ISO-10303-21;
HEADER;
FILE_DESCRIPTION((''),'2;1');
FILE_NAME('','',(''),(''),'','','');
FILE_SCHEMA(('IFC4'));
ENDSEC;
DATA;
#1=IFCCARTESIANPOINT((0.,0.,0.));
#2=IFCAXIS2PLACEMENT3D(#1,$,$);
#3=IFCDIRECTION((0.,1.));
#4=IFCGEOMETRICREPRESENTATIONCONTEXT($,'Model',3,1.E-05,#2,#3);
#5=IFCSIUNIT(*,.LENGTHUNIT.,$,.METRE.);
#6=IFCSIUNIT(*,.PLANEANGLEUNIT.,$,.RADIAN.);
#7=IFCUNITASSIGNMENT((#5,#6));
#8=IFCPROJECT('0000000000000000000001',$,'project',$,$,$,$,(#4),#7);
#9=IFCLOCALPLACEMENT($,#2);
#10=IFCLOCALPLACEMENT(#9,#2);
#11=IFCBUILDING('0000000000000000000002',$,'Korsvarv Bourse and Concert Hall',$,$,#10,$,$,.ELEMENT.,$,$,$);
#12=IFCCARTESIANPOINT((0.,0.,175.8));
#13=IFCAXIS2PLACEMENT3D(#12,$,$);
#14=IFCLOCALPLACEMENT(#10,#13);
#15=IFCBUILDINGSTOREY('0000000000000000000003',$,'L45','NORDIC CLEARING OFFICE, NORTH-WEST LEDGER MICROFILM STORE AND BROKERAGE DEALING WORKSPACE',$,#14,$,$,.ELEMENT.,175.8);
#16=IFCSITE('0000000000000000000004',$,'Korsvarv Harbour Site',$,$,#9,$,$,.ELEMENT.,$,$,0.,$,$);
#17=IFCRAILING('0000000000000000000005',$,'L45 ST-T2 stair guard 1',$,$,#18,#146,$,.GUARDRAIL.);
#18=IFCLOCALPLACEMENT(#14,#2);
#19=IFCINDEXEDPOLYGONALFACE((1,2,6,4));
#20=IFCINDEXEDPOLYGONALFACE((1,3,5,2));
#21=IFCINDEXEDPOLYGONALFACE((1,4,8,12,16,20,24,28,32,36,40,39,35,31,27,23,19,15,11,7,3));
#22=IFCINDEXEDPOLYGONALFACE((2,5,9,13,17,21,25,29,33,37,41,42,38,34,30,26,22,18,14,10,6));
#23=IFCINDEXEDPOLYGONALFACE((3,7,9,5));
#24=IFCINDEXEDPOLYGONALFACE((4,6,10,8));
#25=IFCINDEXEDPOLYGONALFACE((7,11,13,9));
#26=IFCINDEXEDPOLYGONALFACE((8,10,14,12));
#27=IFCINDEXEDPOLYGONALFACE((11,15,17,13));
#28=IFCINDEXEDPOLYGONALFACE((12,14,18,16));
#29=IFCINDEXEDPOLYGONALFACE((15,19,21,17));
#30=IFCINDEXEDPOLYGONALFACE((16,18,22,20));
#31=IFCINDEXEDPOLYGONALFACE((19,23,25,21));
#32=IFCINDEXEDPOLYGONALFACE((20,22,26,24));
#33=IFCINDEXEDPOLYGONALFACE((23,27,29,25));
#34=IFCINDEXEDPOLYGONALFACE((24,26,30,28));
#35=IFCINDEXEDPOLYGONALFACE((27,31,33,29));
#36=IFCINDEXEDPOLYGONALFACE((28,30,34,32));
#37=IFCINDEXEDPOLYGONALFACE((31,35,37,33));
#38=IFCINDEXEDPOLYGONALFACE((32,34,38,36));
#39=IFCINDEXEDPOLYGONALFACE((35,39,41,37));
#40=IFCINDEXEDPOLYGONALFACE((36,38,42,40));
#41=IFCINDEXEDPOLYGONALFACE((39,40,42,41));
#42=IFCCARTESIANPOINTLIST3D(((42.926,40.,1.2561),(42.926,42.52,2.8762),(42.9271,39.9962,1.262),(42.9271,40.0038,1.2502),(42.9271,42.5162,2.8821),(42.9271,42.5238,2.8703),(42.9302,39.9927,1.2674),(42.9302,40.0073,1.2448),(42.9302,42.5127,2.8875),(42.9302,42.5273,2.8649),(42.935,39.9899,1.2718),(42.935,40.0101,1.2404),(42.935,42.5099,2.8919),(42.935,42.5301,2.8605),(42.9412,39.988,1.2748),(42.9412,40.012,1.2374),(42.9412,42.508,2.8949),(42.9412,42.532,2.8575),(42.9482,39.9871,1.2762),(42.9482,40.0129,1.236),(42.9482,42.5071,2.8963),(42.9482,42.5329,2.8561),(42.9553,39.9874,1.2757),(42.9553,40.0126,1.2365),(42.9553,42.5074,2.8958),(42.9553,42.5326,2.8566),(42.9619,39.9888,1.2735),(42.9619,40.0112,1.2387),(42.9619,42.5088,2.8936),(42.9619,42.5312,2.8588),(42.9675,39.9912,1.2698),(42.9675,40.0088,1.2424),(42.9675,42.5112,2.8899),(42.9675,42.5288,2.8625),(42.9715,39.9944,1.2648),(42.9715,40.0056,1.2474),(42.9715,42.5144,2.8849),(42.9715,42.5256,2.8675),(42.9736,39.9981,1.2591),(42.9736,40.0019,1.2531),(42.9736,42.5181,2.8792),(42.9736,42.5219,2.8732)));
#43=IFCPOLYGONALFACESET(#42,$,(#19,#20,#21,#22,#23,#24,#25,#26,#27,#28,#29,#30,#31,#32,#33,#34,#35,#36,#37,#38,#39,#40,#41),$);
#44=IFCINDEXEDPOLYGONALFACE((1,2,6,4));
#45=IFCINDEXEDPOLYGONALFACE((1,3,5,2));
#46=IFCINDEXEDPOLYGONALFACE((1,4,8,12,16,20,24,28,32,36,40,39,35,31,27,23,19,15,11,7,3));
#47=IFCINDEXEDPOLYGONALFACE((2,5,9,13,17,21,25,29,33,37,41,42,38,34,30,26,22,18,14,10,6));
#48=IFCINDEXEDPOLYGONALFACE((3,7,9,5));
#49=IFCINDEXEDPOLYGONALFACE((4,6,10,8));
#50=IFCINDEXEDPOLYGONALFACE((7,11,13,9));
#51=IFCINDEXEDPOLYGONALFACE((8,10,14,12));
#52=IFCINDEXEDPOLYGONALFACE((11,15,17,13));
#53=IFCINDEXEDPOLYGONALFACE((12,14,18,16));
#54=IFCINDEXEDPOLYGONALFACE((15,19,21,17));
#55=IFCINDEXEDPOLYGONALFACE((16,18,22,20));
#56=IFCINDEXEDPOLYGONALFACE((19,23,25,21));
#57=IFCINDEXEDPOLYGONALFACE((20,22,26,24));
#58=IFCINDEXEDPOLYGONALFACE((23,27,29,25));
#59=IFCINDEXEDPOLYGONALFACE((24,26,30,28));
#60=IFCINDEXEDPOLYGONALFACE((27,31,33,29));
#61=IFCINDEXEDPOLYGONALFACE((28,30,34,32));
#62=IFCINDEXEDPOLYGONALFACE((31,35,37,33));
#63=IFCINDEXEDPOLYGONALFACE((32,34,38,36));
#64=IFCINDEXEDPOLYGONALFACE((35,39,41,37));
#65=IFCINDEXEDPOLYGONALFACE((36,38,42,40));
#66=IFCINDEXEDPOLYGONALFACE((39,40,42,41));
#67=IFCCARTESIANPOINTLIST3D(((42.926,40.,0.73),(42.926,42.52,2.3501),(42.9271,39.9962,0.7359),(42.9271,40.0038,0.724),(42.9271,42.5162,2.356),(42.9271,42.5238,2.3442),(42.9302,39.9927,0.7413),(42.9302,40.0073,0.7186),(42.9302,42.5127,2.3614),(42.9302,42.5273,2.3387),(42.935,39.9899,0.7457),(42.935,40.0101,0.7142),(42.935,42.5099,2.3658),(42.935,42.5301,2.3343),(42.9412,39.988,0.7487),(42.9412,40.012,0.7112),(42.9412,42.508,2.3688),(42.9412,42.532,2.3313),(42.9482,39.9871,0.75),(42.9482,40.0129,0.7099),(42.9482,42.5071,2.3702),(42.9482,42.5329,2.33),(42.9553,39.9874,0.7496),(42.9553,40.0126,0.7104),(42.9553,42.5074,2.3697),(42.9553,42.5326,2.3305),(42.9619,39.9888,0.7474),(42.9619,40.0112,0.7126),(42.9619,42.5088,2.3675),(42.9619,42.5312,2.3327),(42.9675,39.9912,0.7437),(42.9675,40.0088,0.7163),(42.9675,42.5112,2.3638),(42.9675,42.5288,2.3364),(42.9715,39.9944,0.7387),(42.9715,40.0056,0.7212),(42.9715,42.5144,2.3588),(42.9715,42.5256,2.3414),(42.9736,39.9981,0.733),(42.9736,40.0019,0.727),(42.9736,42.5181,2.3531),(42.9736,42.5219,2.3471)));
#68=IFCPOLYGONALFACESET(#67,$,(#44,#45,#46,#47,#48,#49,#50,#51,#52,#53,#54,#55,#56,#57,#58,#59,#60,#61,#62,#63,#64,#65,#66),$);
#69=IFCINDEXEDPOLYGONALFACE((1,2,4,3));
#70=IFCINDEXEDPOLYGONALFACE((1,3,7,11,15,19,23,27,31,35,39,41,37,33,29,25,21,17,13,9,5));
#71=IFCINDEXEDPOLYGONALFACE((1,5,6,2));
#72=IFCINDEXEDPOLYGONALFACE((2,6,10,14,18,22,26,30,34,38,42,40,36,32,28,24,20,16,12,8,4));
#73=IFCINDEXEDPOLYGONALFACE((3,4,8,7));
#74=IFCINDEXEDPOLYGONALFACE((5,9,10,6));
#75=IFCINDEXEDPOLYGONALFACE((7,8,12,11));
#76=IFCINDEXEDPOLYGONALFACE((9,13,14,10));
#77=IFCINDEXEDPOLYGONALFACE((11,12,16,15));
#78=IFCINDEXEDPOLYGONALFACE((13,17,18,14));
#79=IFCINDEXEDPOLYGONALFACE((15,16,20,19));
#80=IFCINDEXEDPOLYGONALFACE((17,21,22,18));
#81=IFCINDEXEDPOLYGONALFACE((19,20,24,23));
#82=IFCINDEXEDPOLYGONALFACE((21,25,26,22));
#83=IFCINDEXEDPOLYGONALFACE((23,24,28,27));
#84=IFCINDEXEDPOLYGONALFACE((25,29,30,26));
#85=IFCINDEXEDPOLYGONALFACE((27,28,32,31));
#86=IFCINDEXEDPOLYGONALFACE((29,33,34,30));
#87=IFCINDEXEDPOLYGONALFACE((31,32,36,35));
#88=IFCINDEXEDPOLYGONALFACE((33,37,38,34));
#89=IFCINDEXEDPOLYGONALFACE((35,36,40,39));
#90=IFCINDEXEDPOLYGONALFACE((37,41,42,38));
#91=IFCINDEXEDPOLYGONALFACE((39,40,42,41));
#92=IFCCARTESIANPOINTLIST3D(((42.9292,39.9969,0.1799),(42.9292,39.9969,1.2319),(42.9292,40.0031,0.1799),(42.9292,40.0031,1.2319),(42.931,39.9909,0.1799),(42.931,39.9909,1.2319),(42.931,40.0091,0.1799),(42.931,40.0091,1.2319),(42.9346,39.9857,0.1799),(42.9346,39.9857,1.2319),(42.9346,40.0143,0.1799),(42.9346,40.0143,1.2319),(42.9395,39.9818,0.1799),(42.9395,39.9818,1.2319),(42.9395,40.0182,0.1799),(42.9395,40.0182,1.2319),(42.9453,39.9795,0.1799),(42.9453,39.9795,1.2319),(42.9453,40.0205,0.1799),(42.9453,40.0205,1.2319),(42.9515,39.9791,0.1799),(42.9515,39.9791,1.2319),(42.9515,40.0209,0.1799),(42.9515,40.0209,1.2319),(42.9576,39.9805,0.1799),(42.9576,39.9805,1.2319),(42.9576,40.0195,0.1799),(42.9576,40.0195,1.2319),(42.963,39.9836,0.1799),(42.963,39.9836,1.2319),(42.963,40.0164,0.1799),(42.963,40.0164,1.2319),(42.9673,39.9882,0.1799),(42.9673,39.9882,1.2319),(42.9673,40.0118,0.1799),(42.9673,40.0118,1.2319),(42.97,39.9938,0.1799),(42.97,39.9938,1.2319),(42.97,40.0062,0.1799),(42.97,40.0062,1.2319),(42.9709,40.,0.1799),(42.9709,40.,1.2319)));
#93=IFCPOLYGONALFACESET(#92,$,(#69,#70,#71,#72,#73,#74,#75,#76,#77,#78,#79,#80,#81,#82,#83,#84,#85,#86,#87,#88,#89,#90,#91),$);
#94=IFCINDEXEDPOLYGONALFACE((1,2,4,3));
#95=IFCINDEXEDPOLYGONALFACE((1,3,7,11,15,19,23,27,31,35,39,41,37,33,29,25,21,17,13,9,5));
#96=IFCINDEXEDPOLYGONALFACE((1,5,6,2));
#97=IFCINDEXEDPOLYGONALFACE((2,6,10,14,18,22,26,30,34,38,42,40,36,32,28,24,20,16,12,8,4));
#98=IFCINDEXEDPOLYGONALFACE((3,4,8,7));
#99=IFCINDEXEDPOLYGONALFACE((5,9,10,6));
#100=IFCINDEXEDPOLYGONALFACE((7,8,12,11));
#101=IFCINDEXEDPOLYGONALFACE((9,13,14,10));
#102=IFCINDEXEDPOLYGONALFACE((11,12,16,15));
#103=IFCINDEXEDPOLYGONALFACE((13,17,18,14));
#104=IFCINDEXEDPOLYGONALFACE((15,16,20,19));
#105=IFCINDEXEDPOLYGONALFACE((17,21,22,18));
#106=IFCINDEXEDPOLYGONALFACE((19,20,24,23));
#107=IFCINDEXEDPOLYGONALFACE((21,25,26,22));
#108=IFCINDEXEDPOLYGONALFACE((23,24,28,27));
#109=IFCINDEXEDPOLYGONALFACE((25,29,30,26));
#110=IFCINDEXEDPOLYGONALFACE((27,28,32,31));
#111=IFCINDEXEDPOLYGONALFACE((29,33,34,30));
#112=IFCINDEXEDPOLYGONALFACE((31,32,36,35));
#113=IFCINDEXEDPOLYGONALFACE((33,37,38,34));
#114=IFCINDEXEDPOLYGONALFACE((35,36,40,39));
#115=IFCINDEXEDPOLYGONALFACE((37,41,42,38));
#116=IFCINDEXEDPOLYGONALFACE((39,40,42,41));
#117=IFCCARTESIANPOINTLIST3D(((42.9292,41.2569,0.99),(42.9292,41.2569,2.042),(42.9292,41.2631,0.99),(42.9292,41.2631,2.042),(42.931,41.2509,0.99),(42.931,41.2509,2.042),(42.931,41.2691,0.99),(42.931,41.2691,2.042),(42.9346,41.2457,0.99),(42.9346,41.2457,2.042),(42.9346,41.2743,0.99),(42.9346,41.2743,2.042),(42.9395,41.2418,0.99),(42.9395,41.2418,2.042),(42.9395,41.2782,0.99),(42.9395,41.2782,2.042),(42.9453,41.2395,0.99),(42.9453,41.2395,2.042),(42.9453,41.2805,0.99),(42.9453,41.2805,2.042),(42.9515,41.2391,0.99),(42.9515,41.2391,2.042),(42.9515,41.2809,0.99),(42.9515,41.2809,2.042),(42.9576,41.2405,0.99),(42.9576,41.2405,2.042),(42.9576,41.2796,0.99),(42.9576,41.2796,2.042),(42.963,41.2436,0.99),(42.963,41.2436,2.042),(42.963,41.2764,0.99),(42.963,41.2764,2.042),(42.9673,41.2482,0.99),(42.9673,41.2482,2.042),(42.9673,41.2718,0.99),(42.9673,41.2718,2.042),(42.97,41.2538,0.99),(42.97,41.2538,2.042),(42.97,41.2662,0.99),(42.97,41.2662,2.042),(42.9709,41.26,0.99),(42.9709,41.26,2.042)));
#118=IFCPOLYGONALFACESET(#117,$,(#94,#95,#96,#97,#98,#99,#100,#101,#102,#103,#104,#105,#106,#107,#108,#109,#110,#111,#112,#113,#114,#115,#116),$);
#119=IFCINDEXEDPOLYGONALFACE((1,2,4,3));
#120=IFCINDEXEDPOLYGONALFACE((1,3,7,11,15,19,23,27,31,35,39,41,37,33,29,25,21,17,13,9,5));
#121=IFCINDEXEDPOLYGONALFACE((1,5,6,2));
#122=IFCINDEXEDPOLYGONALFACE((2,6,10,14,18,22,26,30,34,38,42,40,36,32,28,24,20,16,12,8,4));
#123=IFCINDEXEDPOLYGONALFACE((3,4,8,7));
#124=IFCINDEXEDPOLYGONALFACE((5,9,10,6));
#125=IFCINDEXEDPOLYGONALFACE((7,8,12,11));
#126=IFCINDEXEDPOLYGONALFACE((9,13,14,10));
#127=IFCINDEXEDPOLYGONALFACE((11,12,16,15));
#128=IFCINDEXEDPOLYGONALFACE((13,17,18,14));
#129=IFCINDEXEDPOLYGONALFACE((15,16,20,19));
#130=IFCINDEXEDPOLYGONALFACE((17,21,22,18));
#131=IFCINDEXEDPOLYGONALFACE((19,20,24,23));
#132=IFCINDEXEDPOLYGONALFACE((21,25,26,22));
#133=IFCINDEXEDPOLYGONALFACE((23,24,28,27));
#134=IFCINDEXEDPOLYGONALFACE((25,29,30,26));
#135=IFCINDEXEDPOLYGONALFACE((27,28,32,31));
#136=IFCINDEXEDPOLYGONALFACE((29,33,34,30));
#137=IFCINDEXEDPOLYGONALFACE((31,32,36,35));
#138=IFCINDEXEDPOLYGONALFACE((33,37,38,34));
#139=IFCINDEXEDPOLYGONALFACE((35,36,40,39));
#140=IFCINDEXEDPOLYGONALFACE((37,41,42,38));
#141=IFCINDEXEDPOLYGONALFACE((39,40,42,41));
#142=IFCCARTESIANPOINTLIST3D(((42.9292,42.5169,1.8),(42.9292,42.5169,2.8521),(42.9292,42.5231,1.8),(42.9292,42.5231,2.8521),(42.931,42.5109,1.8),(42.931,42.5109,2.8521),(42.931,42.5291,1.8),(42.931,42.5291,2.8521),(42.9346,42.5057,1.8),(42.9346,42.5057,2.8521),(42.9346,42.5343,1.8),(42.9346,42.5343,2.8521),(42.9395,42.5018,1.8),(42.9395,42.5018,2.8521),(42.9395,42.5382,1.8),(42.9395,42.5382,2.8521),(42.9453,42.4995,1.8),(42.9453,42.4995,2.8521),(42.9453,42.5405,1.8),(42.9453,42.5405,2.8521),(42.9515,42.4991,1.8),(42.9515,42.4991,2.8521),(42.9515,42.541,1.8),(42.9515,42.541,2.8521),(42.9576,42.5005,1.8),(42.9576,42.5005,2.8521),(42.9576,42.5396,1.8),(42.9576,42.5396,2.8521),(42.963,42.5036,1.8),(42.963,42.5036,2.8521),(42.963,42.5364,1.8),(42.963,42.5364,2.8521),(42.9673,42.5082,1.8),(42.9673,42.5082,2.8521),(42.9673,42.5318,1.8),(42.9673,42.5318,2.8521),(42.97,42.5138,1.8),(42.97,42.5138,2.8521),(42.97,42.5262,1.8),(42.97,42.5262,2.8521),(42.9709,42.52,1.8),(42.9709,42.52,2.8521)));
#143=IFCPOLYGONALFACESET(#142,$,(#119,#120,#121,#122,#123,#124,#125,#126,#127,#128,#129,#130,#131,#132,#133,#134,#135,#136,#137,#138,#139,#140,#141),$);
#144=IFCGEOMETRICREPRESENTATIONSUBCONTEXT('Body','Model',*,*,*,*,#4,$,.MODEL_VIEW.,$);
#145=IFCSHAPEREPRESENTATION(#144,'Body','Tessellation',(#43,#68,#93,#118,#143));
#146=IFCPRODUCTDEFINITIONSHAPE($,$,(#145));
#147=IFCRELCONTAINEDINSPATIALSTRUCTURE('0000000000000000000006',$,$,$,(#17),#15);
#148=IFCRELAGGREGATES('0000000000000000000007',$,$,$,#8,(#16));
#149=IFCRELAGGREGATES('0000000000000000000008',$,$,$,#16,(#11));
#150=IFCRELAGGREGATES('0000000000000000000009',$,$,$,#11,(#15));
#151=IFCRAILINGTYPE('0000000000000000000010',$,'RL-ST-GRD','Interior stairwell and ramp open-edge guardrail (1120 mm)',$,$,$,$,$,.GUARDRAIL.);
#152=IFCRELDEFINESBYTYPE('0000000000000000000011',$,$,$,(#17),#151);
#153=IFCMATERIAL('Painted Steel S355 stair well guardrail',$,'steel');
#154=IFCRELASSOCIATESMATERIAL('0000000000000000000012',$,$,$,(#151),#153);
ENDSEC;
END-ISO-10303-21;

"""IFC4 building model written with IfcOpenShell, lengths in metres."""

from ifc_helpers import new_model, si_unit, direction, frame, origin, origin_2d, place, context, subcontext, project, spatial, circle, extrude, material, type_object, element, save


model = new_model("IFC4")

# Units and contexts
model_context = context("Model", 3, precision=1e-05, world=origin(), true_north=direction((0.0, 1.0)))
body_context = subcontext(model_context, "Body", "Model", "MODEL_VIEW")
ifc_project = project(units=[si_unit("LENGTHUNIT", "METRE"), si_unit("PLANEANGLEUNIT", "RADIAN")], contexts=[model_context])

# Site, building, storey
site_placement = place(None, origin())
site = spatial("IfcSite", under=ifc_project, at=site_placement, Name="Korsvarv Harbour Site", CompositionType="ELEMENT", RefElevation=0.0)
building_placement = place(site_placement, origin())
building = spatial("IfcBuilding", under=site, at=building_placement, Name="Korsvarv Bourse and Concert Hall", CompositionType="ELEMENT")
storey_placement = place(building_placement, frame((0.0, 0.0, 175.8)))
storey = spatial("IfcBuildingStorey", under=building, at=storey_placement, Name="L45", Description="NORDIC CLEARING OFFICE, NORTH-WEST LEDGER MICROFILM STORE AND BROKERAGE DEALING WORKSPACE", CompositionType="ELEMENT", Elevation=175.8)

# Railing
ifc_material_1 = material(Name="Painted Steel S355 stair well guardrail", Category="steel")
railing_type_1 = type_object("IfcRailingType", Name="RL-ST-GRD", Description="Interior stairwell and ramp open-edge guardrail (1120 mm)", PredefinedType="GUARDRAIL", material=ifc_material_1)
railing_1_placement = place(storey_placement, frame((42.95, 40.0, 0.1799)))
element("IfcRailing", 1, at=railing_1_placement, inside=storey, type_object=railing_type_1, Name="L45 ST-T2 stair guard 1", PredefinedType="GUARDRAIL", context=body_context, shape_type="SweptSolid", body=[
    extrude(circle(Radius=0.0239, at=origin_2d()), frame((0.0, 0.0, 1.0762), z_axis=(0.0, 0.841163, 0.540782), x_axis=(-1.0, 0.0, 0.0)), (0.0, 0.0, 1.0), 2.9958),
    extrude(circle(Radius=0.0239, at=origin_2d()), frame((0.0, 0.0, 0.55), z_axis=(0.0, 0.841163, 0.540782), x_axis=(-1.0, 0.0, 0.0)), (0.0, 0.0, 1.0), 2.9958),
    extrude(circle(Radius=0.021, at=origin_2d()), origin(), (0.0, 0.0, 1.0), 1.052),
    extrude(circle(Radius=0.021, at=origin_2d()), frame((0.0, 1.26, 0.8101)), (0.0, 0.0, 1.0), 1.052),
    extrude(circle(Radius=0.021, at=origin_2d()), frame((0.0, 2.52, 1.6201)), (0.0, 0.0, 1.0), 1.052),
])

save(model, "model.ifc")
